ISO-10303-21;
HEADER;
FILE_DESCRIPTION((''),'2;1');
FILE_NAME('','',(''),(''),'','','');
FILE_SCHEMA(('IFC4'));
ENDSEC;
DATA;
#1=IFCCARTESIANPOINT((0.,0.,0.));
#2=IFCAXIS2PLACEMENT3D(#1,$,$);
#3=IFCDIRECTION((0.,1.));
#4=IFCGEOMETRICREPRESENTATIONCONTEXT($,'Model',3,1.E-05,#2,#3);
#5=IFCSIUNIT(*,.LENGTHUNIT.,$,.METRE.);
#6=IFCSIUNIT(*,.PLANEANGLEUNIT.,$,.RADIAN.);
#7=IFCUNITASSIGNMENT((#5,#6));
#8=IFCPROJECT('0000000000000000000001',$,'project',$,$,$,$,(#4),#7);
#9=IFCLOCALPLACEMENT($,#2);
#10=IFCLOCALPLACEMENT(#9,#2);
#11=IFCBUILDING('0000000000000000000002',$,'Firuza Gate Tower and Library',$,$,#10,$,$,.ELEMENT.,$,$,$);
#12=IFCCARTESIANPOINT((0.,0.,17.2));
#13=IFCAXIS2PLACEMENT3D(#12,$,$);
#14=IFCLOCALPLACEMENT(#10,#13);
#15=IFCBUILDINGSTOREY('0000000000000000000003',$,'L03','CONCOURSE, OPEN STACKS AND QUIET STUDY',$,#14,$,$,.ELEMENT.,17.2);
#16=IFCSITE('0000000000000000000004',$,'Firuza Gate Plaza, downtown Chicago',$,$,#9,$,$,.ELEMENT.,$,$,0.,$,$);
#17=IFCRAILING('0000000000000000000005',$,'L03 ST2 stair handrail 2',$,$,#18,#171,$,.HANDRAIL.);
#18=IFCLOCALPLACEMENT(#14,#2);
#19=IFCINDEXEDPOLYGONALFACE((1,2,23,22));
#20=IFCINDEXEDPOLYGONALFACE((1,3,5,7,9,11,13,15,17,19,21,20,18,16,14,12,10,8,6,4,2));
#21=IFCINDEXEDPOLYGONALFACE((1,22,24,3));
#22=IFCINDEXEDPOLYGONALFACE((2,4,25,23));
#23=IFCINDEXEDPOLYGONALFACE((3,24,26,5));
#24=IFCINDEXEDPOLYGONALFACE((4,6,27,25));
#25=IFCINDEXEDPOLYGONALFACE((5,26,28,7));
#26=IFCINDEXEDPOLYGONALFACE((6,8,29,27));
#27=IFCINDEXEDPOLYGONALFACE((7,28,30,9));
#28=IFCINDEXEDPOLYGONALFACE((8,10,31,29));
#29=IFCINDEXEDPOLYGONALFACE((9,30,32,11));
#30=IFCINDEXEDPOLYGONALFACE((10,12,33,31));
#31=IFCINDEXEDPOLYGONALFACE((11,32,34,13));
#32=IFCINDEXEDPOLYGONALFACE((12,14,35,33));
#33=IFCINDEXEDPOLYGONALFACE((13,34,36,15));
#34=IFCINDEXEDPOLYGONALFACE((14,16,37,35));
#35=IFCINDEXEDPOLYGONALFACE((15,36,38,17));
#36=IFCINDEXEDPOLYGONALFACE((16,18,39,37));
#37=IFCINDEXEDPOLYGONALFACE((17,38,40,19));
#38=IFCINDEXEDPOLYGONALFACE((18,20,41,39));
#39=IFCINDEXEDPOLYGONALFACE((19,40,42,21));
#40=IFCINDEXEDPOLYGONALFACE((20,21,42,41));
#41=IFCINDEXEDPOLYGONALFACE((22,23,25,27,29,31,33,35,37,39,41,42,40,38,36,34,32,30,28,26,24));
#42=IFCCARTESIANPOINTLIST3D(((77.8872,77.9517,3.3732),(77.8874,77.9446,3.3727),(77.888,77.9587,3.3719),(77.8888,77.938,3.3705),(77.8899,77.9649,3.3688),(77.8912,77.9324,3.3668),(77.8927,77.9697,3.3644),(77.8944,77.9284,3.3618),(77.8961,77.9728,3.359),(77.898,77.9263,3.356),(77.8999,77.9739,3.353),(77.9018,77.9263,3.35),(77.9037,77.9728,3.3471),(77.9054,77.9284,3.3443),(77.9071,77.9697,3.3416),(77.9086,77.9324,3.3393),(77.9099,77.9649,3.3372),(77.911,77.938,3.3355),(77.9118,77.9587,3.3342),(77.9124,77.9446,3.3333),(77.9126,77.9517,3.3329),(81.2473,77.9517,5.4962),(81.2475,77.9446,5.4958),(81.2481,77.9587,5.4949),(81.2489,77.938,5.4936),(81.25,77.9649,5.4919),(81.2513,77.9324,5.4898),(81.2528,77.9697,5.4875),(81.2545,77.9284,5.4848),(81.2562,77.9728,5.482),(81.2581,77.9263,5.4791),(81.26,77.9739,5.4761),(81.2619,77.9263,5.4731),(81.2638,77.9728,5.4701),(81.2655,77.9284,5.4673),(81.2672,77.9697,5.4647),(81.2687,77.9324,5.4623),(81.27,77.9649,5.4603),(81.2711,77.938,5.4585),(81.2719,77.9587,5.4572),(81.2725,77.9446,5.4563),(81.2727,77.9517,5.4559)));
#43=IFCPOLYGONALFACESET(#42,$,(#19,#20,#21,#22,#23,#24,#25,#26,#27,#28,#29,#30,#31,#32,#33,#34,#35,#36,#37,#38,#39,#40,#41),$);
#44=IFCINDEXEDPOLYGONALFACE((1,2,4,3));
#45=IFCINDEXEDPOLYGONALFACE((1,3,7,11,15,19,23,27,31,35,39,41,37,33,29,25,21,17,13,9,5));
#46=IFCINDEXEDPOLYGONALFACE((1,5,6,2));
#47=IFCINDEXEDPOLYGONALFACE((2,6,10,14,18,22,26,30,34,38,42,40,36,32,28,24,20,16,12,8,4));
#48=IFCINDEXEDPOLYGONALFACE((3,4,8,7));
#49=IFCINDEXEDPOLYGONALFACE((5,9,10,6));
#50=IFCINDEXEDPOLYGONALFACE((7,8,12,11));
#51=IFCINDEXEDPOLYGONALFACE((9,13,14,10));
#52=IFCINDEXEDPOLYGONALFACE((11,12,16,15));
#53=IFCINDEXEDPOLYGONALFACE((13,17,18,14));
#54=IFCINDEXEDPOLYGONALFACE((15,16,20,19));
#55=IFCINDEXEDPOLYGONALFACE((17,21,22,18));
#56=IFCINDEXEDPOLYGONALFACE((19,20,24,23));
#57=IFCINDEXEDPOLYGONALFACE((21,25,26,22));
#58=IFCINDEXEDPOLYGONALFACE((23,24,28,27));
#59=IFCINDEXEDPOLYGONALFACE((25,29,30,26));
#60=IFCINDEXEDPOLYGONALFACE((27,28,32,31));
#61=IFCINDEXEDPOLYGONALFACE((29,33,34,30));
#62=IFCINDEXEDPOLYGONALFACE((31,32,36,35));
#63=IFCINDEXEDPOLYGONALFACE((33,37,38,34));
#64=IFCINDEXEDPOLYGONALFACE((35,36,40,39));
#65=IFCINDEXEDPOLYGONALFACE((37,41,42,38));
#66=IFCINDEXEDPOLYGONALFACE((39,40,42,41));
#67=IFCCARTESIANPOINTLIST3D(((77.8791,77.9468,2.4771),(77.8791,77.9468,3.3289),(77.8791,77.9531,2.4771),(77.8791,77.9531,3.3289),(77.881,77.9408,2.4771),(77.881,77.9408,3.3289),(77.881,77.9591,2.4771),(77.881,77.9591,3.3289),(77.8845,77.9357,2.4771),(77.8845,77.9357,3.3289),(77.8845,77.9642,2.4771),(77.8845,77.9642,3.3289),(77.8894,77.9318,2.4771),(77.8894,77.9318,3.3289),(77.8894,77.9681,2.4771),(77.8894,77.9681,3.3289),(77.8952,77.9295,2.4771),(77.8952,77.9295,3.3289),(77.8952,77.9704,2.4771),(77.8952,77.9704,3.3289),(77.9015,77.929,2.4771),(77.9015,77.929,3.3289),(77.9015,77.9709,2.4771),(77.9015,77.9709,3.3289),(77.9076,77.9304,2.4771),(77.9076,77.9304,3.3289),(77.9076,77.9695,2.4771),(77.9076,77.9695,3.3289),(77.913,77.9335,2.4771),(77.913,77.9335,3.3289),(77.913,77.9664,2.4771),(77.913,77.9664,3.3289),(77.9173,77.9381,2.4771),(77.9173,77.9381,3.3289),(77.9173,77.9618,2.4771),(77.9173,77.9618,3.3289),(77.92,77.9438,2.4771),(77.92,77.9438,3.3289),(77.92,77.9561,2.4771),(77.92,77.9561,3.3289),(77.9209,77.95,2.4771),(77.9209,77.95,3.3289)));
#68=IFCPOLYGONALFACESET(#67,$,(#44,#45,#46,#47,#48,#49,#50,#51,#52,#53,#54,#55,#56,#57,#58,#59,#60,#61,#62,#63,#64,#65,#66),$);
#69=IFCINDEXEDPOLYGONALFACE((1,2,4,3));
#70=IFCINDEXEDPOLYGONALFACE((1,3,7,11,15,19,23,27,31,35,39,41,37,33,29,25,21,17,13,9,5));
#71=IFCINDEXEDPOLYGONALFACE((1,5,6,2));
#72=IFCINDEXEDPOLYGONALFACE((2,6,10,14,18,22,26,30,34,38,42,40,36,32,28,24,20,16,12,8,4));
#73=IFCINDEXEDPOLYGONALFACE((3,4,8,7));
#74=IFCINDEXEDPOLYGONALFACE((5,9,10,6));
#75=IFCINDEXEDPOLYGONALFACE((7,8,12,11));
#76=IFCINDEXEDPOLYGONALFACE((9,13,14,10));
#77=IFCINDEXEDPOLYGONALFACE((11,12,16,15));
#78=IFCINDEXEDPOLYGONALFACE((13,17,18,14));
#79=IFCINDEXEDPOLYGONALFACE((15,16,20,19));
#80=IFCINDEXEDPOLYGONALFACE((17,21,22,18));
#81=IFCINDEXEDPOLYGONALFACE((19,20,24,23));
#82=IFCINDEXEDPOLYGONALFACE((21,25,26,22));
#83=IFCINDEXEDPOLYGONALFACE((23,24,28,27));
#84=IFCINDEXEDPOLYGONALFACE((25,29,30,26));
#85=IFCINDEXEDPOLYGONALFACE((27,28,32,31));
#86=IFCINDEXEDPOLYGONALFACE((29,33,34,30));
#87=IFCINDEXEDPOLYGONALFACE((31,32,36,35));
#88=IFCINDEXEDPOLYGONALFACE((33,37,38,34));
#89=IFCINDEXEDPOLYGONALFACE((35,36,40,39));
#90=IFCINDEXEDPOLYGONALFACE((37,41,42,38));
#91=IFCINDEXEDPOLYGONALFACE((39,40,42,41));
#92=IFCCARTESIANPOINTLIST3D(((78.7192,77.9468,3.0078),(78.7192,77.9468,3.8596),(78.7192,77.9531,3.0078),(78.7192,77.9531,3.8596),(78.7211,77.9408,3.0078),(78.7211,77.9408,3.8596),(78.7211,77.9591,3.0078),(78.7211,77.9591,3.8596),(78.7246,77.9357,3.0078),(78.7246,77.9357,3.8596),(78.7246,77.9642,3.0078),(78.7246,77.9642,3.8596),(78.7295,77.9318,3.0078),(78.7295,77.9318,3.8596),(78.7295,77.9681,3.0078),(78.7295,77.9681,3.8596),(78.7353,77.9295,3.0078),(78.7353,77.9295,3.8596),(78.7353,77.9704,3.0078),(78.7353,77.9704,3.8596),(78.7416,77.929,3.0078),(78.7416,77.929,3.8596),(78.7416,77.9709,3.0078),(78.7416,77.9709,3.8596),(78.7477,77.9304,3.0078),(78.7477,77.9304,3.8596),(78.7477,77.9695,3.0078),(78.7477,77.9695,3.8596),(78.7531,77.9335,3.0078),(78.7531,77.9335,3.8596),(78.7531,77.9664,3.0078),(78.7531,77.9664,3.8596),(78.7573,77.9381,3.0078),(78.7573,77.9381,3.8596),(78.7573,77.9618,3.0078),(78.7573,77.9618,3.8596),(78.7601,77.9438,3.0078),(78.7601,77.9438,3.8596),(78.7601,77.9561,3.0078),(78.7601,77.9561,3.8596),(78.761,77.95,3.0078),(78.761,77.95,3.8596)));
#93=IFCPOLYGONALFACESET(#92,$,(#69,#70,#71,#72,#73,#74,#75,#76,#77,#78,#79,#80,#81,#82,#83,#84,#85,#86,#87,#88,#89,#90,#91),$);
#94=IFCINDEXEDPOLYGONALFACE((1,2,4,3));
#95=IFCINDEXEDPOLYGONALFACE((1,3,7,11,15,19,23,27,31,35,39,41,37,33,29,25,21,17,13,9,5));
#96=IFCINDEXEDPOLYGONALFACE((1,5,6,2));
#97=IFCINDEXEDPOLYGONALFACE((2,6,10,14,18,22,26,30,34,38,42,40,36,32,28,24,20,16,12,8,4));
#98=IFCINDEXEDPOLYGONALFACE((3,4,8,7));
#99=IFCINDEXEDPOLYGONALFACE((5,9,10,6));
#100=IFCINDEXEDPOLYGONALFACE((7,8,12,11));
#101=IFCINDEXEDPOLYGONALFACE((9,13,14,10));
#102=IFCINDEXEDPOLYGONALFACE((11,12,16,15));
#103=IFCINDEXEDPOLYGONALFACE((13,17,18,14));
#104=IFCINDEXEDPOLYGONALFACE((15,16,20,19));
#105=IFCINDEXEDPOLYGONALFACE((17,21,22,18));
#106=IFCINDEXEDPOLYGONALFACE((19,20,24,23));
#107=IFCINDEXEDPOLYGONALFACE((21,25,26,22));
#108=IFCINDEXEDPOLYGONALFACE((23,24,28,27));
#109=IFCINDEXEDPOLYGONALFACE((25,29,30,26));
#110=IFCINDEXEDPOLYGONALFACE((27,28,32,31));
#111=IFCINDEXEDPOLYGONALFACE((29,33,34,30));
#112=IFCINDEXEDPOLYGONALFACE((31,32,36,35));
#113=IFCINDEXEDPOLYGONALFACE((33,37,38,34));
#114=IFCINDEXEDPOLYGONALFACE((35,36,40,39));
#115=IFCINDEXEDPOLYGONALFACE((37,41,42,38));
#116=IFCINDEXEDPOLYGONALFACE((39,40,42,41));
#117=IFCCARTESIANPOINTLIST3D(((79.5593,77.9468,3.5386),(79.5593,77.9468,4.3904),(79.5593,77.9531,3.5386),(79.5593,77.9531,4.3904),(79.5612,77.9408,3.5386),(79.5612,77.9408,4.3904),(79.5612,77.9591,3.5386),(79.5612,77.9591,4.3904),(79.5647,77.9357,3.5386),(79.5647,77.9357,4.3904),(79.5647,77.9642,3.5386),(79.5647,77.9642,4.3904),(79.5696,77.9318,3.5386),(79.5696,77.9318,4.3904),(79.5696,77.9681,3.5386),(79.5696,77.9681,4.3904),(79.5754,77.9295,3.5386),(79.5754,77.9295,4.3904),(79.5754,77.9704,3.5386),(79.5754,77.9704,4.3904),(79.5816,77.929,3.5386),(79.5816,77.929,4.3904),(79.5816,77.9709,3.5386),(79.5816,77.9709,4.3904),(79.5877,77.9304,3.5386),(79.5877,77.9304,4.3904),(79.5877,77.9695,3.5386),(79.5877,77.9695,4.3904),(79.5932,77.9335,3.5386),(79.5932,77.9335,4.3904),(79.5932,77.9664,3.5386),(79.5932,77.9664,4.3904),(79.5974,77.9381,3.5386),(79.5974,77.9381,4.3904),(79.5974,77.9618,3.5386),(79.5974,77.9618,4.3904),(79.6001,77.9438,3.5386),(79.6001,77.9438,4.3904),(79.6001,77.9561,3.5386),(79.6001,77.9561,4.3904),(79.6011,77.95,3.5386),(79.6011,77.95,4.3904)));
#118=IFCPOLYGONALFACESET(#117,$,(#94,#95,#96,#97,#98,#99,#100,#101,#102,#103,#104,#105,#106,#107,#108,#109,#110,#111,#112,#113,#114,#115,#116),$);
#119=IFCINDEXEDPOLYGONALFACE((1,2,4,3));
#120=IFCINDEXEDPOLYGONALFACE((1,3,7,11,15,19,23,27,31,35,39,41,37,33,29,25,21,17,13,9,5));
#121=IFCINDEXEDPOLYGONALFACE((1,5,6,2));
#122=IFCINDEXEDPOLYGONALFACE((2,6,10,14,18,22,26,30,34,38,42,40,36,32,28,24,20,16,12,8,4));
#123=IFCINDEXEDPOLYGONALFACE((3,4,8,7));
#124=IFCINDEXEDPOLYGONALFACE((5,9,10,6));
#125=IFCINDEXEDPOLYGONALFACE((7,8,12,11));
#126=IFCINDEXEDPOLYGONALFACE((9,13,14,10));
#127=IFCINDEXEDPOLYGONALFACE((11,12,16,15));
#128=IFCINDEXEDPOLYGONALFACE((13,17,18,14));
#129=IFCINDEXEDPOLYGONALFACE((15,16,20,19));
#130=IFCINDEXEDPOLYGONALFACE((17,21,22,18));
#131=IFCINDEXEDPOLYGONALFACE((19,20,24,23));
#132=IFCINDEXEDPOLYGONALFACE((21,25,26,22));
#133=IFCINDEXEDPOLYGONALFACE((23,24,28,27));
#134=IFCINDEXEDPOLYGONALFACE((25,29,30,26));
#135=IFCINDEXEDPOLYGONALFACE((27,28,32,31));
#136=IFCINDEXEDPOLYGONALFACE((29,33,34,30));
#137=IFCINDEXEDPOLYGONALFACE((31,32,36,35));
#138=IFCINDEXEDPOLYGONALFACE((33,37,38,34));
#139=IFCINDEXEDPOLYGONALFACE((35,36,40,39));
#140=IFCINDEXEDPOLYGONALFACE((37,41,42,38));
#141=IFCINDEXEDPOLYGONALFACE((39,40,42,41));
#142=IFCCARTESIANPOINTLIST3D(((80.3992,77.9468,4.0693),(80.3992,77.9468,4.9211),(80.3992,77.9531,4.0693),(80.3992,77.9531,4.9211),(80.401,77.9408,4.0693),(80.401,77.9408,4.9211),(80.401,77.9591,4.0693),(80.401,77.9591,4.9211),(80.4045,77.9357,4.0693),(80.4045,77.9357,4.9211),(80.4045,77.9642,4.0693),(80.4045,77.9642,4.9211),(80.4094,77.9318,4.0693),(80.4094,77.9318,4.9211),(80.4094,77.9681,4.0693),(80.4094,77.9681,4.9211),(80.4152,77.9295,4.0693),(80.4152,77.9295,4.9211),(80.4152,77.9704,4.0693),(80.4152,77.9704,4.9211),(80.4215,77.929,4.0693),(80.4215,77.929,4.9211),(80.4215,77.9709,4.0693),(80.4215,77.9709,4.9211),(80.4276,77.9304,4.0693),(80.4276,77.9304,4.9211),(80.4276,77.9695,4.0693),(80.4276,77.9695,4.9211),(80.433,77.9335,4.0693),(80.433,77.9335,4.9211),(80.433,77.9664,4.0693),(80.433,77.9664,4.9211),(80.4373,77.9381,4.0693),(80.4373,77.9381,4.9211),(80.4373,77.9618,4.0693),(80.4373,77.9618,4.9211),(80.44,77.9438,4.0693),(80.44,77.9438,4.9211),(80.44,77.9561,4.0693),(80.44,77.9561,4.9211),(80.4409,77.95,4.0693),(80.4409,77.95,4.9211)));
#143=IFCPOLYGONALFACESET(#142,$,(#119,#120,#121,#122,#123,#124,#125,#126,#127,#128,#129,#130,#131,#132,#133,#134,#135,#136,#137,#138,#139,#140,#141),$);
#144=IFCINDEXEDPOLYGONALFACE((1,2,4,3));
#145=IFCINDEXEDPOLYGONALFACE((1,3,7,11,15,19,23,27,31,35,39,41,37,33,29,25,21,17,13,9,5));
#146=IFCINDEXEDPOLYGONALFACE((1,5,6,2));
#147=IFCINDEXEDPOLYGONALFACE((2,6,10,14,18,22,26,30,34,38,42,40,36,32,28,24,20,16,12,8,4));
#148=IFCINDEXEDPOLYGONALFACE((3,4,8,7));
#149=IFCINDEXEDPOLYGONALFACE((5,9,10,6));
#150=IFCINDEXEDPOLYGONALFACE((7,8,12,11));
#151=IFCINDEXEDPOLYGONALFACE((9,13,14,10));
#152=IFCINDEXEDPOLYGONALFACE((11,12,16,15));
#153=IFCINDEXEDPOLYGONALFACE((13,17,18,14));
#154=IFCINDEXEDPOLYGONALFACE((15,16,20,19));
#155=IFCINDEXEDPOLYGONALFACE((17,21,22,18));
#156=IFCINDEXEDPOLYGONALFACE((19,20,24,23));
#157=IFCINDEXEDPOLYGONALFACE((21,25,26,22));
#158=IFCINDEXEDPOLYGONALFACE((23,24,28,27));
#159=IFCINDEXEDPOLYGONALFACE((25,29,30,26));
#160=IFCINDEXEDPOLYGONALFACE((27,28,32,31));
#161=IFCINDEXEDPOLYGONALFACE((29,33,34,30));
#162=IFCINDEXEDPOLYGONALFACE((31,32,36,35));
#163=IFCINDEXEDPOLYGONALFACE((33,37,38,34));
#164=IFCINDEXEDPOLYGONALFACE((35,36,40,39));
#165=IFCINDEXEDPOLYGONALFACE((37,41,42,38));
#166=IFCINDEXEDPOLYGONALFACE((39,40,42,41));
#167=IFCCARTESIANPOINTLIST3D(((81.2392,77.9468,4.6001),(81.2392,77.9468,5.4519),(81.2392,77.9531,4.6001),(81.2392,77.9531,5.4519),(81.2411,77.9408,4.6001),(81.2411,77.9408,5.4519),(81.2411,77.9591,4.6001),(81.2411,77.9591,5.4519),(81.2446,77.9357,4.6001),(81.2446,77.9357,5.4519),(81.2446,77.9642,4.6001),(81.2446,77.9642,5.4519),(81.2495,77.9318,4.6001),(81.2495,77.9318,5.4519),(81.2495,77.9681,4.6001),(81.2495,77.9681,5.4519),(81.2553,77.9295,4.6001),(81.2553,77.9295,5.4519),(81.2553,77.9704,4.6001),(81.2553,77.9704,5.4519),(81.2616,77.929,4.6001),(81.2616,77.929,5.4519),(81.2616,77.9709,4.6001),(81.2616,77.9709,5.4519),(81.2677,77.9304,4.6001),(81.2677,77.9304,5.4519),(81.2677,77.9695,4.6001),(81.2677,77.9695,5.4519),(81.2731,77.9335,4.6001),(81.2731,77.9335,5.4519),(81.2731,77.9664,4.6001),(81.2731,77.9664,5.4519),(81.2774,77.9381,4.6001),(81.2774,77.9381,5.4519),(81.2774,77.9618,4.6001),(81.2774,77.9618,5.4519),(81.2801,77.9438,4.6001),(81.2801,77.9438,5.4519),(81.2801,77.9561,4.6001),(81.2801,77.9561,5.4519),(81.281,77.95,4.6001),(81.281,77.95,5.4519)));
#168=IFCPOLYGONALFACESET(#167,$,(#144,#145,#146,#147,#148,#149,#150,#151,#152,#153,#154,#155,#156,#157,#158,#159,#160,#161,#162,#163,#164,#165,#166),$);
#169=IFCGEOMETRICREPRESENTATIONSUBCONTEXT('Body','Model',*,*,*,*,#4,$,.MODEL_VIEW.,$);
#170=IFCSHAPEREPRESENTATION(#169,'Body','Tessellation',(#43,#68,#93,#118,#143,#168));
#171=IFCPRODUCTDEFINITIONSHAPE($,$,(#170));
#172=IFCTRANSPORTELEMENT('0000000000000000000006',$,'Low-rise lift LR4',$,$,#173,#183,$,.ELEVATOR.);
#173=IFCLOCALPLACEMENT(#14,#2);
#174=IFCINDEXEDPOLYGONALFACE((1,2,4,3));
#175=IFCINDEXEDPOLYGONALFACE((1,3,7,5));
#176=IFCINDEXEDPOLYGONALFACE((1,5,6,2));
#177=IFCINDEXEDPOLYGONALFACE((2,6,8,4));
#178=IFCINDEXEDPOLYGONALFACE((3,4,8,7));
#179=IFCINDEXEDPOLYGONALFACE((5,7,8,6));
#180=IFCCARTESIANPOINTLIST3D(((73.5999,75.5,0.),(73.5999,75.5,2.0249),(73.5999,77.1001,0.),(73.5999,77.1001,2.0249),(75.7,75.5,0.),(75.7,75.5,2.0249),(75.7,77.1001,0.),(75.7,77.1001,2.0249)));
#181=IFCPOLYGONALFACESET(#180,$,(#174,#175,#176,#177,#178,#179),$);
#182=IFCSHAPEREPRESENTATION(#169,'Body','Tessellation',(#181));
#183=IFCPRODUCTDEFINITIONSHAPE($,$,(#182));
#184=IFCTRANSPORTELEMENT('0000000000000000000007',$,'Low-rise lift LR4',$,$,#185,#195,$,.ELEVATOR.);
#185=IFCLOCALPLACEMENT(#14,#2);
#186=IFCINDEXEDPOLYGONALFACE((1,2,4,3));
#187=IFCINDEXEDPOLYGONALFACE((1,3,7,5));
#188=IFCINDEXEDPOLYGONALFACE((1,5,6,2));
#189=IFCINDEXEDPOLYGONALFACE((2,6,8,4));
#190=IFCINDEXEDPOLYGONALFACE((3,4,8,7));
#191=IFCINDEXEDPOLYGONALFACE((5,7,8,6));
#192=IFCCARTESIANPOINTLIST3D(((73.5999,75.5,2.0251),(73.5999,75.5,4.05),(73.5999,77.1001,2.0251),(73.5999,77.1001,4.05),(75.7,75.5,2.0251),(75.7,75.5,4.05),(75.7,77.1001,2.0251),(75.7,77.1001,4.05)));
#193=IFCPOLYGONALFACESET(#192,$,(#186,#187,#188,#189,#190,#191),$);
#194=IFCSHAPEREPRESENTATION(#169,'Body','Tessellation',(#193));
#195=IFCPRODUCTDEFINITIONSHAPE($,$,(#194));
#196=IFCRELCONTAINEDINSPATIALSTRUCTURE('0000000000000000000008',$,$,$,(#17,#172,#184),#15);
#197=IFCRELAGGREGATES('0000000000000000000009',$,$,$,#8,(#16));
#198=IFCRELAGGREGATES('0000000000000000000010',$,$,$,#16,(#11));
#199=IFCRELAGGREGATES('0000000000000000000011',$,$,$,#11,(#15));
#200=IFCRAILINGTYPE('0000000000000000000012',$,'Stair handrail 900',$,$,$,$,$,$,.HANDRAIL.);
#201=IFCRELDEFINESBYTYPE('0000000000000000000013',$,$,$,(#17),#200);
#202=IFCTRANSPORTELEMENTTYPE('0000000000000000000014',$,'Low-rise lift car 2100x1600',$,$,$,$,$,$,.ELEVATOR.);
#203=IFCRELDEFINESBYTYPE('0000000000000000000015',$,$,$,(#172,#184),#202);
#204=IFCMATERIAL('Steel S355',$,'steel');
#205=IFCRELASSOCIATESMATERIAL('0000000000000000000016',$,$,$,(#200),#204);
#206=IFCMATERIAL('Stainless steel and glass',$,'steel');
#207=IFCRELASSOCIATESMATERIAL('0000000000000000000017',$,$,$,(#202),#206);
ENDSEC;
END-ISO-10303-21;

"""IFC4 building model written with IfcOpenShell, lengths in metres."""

from ifc_helpers import new_model, si_unit, direction, frame, origin, origin_2d, place, context, subcontext, project, spatial, rectangle, circle, extrude, material, type_object, element, save


model = new_model("IFC4")

# Units and contexts
model_context = context("Model", 3, precision=1e-05, world=origin(), true_north=direction((0.0, 1.0)))
body_context = subcontext(model_context, "Body", "Model", "MODEL_VIEW")
ifc_project = project(units=[si_unit("LENGTHUNIT", "METRE"), si_unit("PLANEANGLEUNIT", "RADIAN")], contexts=[model_context])

# Site, building, storey
site_placement = place(None, origin())
site = spatial("IfcSite", under=ifc_project, at=site_placement, Name="Firuza Gate Plaza, downtown Chicago", CompositionType="ELEMENT", RefElevation=0.0)
building_placement = place(site_placement, origin())
building = spatial("IfcBuilding", under=site, at=building_placement, Name="Firuza Gate Tower and Library", CompositionType="ELEMENT")
storey_placement = place(building_placement, frame((0.0, 0.0, 17.2)))
storey = spatial("IfcBuildingStorey", under=building, at=storey_placement, Name="L03", Description="CONCOURSE, OPEN STACKS AND QUIET STUDY", CompositionType="ELEMENT", Elevation=17.2)

# Railing
ifc_material_1 = material(Name="Steel S355", Category="steel")
railing_type_1 = type_object("IfcRailingType", Name="Stair handrail 900", PredefinedType="HANDRAIL", material=ifc_material_1)
railing_1_placement = place(storey_placement, frame((77.8999, 77.95, 2.4771)))
element("IfcRailing", 1, at=railing_1_placement, inside=storey, type_object=railing_type_1, Name="L03 ST2 stair handrail 2", PredefinedType="HANDRAIL", context=body_context, shape_type="SweptSolid", body=[
    extrude(circle(Radius=0.0239, at=origin_2d()), frame((0.0, 0.0, 0.876), z_axis=(0.84539, 0.0, 0.53415), x_axis=(0.0, 1.0, 0.0)), (0.0, 0.0, 1.0), 3.9746),
    extrude(circle(Radius=0.021, at=origin_2d()), origin(), (0.0, 0.0, 1.0), 0.8518),
    extrude(circle(Radius=0.021, at=origin_2d()), frame((0.8401, 0.0, 0.5308)), (0.0, 0.0, 1.0), 0.8518),
    extrude(circle(Radius=0.021, at=origin_2d()), frame((1.6802, 0.0, 1.0615)), (0.0, 0.0, 1.0), 0.8518),
    extrude(circle(Radius=0.021, at=origin_2d()), frame((2.52, 0.0, 1.5923)), (0.0, 0.0, 1.0), 0.8518),
    extrude(circle(Radius=0.021, at=origin_2d()), frame((3.3601, 0.0, 2.123)), (0.0, 0.0, 1.0), 0.8518),
])

# Transport elements
ifc_material_2 = material(Name="Stainless steel and glass", Category="steel")
transport_element_type = type_object("IfcTransportElementType", Name="Low-rise lift car 2100x1600", PredefinedType="ELEVATOR", material=ifc_material_2)
for number, where, z_axis, x_axis, name in (
    (2, (74.6499, 76.3, 0.0), (0.0, 0.0, 1.0), (1.0, 0.0, 0.0), "Low-rise lift LR4"),
    (3, (74.6499, 76.3, 2.0251), (0.0, 0.0, 1.0), (1.0, 0.0, 0.0), "Low-rise lift LR4"),
):
    element("IfcTransportElement", number, at=place(storey_placement, frame(where, z_axis=z_axis, x_axis=x_axis)), inside=storey, type_object=transport_element_type, Name=name, PredefinedType="ELEVATOR", context=body_context, shape_type="SweptSolid", body=[
        extrude(rectangle(XDim=2.1001, YDim=1.6001, at=origin_2d()), origin(), (0.0, 0.0, 1.0), 2.0249),
    ])

save(model, "model.ifc")
